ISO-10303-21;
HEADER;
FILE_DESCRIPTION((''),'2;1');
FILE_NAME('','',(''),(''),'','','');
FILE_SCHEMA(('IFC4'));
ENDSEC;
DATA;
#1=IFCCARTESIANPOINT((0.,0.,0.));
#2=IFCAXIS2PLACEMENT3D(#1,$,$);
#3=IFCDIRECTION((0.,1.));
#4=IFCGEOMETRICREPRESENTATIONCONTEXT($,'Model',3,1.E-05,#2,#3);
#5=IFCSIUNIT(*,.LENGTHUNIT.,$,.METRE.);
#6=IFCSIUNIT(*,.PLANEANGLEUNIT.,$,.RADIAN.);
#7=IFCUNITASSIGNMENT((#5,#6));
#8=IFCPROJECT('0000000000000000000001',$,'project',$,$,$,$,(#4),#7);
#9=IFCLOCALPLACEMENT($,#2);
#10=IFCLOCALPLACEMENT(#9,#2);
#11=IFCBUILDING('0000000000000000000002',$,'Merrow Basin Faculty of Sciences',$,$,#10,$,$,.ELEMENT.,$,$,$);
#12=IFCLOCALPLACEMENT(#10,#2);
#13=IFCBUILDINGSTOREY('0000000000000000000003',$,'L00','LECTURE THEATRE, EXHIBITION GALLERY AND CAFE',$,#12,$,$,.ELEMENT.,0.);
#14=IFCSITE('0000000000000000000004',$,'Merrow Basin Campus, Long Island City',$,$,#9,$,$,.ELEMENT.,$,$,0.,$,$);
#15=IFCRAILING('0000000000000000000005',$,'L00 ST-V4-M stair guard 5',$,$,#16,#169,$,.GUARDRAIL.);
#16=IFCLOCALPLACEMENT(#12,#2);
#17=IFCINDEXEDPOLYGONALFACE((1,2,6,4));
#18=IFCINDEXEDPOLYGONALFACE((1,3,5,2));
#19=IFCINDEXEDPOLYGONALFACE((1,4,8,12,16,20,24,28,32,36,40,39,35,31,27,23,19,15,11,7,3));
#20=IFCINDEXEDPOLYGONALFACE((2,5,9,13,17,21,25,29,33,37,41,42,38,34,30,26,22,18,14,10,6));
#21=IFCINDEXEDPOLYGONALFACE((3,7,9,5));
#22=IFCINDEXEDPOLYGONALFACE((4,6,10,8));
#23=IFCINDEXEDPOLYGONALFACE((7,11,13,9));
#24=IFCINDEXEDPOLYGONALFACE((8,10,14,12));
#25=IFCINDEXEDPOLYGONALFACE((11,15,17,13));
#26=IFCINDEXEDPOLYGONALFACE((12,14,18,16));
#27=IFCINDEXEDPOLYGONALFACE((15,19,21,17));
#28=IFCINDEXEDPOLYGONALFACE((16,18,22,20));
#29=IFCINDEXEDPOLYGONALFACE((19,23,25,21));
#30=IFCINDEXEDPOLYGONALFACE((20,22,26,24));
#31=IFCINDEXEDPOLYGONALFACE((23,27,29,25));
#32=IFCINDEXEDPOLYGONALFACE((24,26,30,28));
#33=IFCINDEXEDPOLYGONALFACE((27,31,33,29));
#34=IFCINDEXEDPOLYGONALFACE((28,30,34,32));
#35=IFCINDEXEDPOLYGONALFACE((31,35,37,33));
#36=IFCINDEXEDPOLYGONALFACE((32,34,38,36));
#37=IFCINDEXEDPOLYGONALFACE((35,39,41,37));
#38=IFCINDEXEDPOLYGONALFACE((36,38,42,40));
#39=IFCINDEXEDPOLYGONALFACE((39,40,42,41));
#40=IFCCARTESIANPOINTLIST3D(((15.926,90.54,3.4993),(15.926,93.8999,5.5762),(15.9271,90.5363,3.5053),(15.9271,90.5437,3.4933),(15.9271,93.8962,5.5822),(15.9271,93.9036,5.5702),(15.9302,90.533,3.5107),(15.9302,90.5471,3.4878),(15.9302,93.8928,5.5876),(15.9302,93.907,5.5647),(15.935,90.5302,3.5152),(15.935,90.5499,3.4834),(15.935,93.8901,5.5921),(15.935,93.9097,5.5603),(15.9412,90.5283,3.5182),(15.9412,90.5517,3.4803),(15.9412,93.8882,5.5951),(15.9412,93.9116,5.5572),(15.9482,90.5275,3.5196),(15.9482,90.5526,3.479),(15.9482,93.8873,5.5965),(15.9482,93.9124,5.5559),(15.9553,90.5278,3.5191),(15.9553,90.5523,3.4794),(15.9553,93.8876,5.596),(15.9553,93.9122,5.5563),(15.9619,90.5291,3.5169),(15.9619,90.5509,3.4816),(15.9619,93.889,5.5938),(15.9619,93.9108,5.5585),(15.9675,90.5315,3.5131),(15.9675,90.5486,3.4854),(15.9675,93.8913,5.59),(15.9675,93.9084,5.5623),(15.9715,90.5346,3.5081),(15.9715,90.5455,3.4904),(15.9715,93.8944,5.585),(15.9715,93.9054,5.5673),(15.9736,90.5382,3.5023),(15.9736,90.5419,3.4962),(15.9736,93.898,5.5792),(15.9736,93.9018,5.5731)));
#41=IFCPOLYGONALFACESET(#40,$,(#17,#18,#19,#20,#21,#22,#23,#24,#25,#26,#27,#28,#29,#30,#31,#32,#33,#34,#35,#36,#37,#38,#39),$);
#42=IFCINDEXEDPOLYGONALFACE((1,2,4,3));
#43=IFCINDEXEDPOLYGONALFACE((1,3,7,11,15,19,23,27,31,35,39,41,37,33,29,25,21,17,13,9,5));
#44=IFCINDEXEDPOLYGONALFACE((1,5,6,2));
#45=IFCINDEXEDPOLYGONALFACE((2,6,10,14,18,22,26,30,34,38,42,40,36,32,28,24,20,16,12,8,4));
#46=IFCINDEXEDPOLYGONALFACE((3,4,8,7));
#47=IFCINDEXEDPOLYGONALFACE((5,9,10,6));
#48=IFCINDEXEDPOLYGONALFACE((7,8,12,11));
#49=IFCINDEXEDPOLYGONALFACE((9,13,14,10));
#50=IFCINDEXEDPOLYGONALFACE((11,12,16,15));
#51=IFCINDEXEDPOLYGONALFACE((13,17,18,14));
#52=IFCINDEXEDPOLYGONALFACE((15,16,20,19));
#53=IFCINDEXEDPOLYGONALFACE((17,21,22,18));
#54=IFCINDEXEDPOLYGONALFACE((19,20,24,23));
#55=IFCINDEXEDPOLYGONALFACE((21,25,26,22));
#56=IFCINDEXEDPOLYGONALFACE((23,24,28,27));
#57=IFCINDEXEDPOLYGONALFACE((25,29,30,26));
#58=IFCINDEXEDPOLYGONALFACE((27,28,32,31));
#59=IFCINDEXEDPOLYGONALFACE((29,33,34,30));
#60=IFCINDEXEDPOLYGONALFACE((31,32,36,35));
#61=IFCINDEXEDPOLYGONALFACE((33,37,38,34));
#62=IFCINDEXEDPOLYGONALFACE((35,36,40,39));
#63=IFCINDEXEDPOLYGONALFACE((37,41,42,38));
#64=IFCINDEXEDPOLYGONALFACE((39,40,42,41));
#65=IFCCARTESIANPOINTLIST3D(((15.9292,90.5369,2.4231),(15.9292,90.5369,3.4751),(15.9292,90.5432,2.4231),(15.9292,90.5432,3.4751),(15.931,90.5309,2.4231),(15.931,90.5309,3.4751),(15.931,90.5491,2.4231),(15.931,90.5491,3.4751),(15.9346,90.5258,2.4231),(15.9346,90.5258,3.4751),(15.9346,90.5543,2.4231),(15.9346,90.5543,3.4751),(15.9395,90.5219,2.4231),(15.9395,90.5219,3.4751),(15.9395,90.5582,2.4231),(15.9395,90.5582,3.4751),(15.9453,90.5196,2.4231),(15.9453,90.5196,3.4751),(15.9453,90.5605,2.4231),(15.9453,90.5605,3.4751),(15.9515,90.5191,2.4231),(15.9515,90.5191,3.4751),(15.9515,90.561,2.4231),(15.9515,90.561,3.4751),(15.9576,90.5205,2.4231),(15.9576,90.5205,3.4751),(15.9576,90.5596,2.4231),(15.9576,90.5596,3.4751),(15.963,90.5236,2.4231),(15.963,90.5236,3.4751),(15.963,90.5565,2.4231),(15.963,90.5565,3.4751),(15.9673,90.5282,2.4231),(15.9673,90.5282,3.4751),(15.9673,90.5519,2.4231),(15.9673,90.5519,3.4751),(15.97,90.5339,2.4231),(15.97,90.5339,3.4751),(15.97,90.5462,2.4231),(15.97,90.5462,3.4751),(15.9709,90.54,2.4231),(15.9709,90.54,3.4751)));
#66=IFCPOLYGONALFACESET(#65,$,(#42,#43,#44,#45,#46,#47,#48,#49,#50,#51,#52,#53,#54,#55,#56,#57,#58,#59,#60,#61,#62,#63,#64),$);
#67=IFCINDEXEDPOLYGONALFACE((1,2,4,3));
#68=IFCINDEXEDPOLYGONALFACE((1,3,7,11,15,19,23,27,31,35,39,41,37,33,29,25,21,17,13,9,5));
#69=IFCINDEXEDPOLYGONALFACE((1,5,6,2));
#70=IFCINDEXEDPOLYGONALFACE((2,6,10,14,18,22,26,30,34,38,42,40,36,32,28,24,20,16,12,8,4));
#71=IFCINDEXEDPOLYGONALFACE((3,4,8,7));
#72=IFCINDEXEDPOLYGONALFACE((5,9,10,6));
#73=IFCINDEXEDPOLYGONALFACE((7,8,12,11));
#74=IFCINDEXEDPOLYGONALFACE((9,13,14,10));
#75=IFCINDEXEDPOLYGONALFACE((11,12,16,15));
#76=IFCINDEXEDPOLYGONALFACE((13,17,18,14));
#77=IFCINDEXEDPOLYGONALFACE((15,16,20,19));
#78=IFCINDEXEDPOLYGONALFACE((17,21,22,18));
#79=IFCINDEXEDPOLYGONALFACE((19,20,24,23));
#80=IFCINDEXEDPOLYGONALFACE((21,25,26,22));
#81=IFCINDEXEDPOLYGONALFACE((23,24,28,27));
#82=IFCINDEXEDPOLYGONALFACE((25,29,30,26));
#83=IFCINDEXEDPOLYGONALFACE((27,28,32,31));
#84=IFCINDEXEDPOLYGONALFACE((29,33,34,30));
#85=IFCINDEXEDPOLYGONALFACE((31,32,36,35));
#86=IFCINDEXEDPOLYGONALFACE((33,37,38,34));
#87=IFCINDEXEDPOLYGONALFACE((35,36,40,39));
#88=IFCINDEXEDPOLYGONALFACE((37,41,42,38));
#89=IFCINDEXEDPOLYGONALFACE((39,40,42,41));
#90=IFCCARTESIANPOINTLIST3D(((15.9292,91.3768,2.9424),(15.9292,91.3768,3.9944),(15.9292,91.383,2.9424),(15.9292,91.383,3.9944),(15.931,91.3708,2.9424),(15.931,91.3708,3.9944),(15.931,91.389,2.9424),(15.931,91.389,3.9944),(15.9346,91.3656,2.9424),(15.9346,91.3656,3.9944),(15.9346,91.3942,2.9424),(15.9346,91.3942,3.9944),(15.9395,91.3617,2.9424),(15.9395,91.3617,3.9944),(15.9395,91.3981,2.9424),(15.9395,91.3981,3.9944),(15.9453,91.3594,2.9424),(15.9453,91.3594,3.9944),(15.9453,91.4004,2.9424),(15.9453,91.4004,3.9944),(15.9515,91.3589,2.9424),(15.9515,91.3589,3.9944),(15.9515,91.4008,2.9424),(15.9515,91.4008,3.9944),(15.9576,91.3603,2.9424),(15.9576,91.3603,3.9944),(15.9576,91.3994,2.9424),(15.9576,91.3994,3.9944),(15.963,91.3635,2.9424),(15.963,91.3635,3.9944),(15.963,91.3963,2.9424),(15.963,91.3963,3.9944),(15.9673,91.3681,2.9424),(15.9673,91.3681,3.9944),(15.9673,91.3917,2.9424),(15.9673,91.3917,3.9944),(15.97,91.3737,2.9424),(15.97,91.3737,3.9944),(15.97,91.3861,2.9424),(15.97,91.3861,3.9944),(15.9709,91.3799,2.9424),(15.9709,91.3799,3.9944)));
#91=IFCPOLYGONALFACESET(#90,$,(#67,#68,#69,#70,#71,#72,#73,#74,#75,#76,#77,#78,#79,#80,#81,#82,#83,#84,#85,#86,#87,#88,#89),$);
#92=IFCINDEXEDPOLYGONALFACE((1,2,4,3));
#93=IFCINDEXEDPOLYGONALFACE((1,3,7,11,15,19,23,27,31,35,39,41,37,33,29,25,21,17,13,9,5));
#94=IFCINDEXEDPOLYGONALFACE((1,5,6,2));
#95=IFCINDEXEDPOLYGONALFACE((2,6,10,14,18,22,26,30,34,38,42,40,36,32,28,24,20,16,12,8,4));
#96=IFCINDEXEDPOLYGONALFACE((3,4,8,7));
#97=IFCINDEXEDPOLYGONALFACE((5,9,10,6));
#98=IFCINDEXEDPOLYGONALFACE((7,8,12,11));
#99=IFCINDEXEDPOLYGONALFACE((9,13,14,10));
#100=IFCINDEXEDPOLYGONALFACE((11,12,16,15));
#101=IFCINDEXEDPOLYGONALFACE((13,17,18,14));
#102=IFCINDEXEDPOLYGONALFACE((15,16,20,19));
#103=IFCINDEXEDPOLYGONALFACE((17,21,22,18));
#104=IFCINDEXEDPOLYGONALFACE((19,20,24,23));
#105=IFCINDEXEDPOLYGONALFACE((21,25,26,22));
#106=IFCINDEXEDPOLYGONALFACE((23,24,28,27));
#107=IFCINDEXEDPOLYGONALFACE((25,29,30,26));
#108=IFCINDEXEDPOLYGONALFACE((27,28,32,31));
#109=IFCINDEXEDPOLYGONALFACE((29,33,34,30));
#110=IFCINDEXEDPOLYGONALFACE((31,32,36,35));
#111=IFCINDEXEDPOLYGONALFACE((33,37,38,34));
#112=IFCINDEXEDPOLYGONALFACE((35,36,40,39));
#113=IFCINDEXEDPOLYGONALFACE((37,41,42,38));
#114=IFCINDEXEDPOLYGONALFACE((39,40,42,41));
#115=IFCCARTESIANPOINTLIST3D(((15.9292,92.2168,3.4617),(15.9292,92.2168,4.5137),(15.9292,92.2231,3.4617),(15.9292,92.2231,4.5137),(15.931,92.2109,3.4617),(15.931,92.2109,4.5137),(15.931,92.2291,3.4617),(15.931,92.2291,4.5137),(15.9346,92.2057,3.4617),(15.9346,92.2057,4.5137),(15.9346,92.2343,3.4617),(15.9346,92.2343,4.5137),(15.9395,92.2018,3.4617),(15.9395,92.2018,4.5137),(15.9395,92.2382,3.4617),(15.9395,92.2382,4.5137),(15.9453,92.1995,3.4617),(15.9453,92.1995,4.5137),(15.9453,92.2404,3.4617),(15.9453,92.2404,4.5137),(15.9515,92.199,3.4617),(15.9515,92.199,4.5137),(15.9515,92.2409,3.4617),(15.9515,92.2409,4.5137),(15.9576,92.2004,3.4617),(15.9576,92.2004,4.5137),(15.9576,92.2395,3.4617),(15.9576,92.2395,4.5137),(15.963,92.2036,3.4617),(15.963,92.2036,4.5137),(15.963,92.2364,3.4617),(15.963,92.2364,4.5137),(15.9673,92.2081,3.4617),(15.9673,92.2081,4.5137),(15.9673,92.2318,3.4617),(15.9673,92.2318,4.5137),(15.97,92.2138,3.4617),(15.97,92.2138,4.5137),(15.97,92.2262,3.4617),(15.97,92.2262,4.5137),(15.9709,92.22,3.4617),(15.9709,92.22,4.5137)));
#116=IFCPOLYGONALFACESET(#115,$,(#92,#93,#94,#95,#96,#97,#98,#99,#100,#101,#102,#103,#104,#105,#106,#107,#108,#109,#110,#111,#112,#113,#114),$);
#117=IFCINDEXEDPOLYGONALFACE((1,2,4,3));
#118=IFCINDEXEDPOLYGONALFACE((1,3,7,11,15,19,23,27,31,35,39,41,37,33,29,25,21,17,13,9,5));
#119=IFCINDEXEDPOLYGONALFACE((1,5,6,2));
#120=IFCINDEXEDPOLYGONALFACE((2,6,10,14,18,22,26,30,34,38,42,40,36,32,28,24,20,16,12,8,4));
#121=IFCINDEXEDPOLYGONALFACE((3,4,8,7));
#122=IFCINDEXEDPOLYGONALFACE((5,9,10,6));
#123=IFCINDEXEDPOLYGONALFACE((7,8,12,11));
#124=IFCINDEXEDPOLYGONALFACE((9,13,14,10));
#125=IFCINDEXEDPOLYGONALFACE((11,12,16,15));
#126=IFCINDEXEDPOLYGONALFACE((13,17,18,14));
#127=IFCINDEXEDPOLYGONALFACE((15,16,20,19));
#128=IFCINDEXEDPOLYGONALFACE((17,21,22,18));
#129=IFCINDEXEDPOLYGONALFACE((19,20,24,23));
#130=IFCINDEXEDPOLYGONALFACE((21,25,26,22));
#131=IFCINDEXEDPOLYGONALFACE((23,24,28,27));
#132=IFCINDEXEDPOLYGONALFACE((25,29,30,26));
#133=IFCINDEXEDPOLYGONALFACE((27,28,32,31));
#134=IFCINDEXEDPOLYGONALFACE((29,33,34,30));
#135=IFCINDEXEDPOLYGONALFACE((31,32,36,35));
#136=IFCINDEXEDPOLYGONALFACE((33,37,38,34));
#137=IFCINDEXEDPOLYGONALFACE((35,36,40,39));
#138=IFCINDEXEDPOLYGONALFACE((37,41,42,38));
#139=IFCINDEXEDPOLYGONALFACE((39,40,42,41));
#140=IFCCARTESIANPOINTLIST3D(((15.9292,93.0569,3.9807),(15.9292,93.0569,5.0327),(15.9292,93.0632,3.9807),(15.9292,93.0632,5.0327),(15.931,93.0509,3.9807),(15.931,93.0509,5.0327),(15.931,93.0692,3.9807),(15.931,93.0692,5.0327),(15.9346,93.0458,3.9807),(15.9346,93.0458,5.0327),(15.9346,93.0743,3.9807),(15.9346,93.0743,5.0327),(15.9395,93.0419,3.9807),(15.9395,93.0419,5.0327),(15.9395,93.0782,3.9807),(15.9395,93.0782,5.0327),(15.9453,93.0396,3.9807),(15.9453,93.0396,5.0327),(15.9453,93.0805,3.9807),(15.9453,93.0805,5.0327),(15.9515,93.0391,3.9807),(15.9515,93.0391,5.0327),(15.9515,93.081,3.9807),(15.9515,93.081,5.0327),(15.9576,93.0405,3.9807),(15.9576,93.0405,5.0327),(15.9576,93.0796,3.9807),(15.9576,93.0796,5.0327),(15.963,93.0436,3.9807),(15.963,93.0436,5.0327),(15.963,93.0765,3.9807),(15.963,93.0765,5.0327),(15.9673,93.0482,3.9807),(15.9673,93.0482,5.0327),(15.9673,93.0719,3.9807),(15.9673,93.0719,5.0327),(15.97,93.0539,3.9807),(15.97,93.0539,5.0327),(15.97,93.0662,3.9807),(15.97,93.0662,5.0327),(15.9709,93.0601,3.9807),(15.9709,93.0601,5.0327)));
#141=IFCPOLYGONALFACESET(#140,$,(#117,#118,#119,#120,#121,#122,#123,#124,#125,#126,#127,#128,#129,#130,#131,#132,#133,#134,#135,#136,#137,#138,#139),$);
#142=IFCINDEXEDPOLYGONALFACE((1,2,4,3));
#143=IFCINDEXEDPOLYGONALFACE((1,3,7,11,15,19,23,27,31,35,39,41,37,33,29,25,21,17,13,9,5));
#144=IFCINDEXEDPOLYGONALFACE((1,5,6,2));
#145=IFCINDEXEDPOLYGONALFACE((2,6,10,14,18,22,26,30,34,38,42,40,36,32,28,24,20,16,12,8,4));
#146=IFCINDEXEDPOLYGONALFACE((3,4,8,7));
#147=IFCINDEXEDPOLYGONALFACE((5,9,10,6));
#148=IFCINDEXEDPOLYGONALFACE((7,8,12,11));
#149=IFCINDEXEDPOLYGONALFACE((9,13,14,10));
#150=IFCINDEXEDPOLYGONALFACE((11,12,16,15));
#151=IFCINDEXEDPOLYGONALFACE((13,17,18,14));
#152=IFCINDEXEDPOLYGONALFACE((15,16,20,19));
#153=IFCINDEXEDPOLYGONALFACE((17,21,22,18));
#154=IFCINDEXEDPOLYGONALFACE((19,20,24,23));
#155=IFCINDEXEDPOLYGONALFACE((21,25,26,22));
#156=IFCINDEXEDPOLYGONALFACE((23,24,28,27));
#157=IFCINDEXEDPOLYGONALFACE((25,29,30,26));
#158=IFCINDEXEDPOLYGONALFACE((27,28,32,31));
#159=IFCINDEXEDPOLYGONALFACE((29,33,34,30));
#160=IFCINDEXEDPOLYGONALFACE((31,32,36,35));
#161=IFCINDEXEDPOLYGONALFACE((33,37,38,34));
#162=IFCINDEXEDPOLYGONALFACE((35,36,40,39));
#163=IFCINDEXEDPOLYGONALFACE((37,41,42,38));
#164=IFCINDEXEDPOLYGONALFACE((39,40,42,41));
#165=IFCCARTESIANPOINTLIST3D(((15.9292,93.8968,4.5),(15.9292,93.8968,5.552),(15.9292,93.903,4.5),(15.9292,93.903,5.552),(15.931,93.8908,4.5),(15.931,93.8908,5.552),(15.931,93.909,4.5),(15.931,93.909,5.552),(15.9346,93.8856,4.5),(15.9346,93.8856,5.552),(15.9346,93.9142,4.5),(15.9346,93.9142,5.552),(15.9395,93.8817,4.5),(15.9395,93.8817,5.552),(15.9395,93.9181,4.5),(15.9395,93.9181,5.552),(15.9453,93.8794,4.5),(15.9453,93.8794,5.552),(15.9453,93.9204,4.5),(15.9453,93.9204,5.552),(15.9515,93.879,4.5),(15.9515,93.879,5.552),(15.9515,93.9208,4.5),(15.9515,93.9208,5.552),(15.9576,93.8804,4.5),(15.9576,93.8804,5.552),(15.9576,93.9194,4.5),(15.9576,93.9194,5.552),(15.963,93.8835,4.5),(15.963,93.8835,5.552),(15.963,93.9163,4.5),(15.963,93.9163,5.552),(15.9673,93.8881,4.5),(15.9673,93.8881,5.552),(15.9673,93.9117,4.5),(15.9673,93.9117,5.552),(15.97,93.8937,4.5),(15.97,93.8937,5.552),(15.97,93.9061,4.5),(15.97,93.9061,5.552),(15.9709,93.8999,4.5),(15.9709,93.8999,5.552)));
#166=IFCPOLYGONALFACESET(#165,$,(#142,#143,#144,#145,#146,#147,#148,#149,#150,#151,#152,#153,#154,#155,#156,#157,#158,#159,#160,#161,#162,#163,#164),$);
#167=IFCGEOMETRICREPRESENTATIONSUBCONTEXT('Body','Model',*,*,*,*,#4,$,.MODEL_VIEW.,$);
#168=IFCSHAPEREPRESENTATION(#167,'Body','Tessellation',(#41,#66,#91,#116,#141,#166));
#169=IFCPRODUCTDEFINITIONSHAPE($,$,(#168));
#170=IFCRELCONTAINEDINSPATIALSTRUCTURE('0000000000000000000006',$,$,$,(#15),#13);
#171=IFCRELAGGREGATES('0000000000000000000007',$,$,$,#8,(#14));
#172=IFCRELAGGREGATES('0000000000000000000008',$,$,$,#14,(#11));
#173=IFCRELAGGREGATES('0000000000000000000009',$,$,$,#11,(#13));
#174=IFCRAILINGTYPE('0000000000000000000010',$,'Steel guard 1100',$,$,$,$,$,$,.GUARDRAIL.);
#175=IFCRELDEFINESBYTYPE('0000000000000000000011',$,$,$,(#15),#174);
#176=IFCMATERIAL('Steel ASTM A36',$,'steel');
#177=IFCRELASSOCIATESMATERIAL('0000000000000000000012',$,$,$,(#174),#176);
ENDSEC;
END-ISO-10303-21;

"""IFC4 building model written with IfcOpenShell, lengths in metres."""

from ifc_helpers import new_model, si_unit, direction, frame, origin, origin_2d, place, context, subcontext, project, spatial, circle, extrude, material, type_object, element, save


model = new_model("IFC4")

# Units and contexts
model_context = context("Model", 3, precision=1e-05, world=origin(), true_north=direction((0.0, 1.0)))
body_context = subcontext(model_context, "Body", "Model", "MODEL_VIEW")
ifc_project = project(units=[si_unit("LENGTHUNIT", "METRE"), si_unit("PLANEANGLEUNIT", "RADIAN")], contexts=[model_context])

# Site, building, storey
site_placement = place(None, origin())
site = spatial("IfcSite", under=ifc_project, at=site_placement, Name="Merrow Basin Campus, Long Island City", CompositionType="ELEMENT", RefElevation=0.0)
building_placement = place(site_placement, origin())
building = spatial("IfcBuilding", under=site, at=building_placement, Name="Merrow Basin Faculty of Sciences", CompositionType="ELEMENT")
storey_placement = place(building_placement, origin())
storey = spatial("IfcBuildingStorey", under=building, at=storey_placement, Name="L00", Description="LECTURE THEATRE, EXHIBITION GALLERY AND CAFE", CompositionType="ELEMENT", Elevation=0.0)

# Railing
ifc_material_1 = material(Name="Steel ASTM A36", Category="steel")
railing_type_1 = type_object("IfcRailingType", Name="Steel guard 1100", PredefinedType="GUARDRAIL", material=ifc_material_1)
railing_1_placement = place(storey_placement, frame((15.95, 90.54, 2.4231)))
element("IfcRailing", 1, at=railing_1_placement, inside=storey, type_object=railing_type_1, Name="L00 ST-V4-M stair guard 5", PredefinedType="GUARDRAIL", context=body_context, shape_type="SweptSolid", body=[
    extrude(circle(Radius=0.0239, at=origin_2d()), frame((0.0, 0.0, 1.0762), z_axis=(0.0, 0.850606, 0.525803), x_axis=(-1.0, 0.0, 0.0)), (0.0, 0.0, 1.0), 3.95),
    extrude(circle(Radius=0.021, at=origin_2d()), origin(), (0.0, 0.0, 1.0), 1.052),
    extrude(circle(Radius=0.021, at=origin_2d()), frame((0.0, 0.8398, 0.5193)), (0.0, 0.0, 1.0), 1.052),
    extrude(circle(Radius=0.021, at=origin_2d()), frame((0.0, 1.6799, 1.0386)), (0.0, 0.0, 1.0), 1.052),
    extrude(circle(Radius=0.021, at=origin_2d()), frame((0.0, 2.52, 1.5576)), (0.0, 0.0, 1.0), 1.052),
    extrude(circle(Radius=0.021, at=origin_2d()), frame((0.0, 3.3599, 2.0769)), (0.0, 0.0, 1.0), 1.052),
])

save(model, "model.ifc")
